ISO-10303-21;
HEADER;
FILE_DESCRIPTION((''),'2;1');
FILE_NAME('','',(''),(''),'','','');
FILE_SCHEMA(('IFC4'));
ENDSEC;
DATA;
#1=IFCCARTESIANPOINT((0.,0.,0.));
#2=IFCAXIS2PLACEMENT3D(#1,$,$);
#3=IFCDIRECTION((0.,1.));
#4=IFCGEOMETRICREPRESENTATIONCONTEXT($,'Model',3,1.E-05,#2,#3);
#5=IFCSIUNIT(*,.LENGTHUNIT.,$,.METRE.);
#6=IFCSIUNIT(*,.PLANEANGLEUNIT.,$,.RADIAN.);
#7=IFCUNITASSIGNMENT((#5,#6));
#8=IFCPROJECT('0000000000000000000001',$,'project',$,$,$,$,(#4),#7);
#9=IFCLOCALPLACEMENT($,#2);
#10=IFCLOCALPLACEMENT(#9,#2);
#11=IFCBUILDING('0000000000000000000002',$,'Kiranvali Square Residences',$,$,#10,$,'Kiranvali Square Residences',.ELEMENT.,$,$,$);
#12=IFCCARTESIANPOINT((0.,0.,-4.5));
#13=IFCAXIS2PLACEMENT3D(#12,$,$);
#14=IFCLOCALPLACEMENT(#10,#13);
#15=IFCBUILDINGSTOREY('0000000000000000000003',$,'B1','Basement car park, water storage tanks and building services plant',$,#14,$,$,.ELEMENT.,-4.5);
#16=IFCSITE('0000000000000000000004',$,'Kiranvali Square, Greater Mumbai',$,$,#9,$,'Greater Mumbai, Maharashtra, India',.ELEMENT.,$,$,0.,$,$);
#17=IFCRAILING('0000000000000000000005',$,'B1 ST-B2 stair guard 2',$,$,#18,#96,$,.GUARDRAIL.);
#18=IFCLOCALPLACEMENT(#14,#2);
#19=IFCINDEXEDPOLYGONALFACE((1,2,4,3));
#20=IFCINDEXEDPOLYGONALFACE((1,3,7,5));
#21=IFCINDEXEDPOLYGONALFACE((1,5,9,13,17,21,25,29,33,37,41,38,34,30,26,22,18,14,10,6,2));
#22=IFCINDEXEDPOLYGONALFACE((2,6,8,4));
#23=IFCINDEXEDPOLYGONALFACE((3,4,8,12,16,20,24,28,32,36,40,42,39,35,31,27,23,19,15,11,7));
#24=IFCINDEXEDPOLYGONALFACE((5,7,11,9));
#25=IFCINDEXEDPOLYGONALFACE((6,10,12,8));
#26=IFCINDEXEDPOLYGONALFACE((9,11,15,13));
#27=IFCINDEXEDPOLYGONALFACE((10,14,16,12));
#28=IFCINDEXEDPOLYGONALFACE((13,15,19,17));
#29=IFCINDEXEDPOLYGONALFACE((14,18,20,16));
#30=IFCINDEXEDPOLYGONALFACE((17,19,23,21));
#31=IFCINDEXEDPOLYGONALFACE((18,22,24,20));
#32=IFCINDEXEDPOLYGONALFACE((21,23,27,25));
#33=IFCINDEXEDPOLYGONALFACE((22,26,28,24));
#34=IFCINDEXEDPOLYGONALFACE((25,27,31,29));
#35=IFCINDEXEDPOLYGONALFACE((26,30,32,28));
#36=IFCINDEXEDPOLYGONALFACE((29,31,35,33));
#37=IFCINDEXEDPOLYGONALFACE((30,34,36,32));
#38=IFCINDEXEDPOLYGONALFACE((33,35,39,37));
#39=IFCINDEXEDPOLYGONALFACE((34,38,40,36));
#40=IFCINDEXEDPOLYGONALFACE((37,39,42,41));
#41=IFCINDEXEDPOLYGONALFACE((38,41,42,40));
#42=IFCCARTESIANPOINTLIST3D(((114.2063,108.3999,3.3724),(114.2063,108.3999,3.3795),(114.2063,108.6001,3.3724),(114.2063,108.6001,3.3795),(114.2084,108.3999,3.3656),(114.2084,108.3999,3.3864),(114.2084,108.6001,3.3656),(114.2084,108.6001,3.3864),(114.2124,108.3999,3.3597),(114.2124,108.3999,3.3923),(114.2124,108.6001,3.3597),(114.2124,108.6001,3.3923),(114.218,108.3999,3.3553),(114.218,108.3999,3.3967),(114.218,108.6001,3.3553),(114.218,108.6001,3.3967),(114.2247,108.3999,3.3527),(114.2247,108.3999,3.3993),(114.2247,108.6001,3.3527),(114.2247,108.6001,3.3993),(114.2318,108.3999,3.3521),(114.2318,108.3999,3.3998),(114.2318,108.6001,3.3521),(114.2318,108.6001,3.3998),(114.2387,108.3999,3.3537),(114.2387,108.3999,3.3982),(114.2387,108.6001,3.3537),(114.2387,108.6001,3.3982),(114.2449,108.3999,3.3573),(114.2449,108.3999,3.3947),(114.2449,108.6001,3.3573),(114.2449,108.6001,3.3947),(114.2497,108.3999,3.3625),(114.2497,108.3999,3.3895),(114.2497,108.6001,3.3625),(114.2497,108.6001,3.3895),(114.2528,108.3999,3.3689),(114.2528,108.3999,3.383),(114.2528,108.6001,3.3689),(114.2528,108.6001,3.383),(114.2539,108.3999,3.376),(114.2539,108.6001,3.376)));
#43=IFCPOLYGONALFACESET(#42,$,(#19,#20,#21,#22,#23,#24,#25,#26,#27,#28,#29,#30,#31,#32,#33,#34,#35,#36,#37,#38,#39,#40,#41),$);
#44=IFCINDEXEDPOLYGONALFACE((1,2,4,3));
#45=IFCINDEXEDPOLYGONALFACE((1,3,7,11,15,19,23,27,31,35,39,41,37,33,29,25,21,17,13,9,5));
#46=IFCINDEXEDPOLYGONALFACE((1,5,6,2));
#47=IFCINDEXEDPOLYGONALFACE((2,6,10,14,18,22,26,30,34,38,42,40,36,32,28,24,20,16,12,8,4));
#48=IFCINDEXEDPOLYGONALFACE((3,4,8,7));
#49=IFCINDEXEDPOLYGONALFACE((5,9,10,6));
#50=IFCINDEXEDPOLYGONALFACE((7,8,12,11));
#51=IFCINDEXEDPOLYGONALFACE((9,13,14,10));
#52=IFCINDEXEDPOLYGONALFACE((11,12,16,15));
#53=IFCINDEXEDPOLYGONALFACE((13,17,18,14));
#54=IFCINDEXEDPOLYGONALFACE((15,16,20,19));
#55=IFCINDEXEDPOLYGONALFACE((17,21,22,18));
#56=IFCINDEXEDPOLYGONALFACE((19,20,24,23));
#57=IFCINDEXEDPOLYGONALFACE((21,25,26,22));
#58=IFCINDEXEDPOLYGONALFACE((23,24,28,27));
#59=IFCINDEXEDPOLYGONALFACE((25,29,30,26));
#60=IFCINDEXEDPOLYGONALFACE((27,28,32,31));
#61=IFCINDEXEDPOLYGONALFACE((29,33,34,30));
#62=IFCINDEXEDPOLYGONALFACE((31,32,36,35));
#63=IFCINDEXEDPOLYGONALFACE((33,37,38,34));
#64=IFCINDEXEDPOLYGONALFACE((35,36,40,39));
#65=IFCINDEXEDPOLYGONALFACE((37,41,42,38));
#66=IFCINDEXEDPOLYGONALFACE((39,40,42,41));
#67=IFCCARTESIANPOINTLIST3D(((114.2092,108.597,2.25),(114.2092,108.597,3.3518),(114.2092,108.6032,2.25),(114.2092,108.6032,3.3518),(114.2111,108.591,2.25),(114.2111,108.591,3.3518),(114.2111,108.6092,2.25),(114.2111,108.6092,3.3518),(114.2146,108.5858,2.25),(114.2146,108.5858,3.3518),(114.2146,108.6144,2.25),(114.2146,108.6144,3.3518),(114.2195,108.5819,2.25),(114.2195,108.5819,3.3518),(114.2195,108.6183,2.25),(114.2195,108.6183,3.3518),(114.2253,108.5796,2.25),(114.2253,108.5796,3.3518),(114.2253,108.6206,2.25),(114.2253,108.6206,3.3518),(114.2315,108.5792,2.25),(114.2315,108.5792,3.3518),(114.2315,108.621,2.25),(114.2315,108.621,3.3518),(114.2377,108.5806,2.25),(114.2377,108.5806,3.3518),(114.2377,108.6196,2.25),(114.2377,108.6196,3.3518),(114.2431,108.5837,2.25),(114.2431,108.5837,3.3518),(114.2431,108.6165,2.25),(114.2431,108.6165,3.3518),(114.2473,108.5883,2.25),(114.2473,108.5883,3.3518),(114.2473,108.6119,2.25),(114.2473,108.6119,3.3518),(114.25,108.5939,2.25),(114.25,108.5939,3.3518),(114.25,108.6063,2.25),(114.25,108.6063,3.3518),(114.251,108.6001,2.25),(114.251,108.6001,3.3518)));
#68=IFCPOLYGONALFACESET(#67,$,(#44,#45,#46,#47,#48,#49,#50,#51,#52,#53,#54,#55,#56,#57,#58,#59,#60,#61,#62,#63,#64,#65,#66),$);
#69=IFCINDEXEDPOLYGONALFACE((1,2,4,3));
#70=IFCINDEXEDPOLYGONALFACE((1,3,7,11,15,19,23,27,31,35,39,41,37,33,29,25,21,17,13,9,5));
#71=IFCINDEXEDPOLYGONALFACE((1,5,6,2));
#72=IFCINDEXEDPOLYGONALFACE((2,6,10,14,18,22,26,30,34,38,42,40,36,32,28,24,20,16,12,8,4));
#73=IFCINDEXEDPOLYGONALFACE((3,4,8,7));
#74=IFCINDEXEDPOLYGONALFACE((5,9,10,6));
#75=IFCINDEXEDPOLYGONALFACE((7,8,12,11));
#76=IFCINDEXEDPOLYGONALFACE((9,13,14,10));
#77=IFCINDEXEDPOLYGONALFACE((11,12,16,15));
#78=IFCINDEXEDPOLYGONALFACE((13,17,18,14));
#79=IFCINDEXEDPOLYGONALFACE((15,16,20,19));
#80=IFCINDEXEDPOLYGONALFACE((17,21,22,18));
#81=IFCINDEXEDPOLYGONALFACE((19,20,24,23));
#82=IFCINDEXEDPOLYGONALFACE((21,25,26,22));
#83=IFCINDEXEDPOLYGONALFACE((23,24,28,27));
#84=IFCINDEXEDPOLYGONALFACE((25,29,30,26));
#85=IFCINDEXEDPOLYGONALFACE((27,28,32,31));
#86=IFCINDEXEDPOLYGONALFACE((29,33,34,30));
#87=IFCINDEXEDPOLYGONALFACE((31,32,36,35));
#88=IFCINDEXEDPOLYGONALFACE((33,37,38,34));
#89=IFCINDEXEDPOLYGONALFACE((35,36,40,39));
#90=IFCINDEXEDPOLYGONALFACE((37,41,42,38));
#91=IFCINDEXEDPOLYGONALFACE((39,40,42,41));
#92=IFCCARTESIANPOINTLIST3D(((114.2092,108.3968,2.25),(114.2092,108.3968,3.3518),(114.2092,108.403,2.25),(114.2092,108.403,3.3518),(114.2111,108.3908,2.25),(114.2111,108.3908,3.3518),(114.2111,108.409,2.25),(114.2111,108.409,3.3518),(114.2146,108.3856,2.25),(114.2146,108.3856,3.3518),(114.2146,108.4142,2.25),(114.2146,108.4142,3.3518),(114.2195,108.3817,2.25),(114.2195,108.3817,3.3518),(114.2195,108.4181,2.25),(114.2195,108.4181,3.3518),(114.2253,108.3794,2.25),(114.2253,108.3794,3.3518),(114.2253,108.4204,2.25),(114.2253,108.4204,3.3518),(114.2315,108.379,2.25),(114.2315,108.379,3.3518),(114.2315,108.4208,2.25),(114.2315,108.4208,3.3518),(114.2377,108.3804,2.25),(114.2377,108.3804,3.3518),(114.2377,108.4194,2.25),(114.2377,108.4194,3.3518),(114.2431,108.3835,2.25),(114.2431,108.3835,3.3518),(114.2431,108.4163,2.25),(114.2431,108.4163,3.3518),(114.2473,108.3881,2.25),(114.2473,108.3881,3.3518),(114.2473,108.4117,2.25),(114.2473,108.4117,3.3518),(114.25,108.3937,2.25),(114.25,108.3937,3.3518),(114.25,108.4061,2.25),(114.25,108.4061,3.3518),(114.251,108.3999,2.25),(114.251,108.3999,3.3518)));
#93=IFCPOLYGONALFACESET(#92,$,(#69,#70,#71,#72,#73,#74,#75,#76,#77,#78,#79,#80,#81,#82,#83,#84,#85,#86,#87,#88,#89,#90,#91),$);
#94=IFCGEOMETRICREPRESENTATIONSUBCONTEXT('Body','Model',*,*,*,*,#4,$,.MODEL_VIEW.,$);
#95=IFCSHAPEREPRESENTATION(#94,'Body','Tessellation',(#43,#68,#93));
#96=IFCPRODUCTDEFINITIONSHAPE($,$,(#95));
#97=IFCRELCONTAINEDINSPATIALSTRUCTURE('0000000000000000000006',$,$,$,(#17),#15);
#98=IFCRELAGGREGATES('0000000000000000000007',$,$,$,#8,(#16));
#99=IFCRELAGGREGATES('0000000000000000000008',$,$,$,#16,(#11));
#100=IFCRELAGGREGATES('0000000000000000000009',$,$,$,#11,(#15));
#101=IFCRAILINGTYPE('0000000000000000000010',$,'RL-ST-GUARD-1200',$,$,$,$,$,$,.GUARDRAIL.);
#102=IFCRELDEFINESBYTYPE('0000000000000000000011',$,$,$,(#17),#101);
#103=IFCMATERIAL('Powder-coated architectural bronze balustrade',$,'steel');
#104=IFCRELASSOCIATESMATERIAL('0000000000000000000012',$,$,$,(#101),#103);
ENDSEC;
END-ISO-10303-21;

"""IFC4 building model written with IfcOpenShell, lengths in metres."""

from ifc_helpers import new_model, si_unit, direction, frame, origin, origin_2d, place, context, subcontext, project, spatial, circle, extrude, material, type_object, element, save


model = new_model("IFC4")

# Units and contexts
model_context = context("Model", 3, precision=1e-05, world=origin(), true_north=direction((0.0, 1.0)))
body_context = subcontext(model_context, "Body", "Model", "MODEL_VIEW")
ifc_project = project(units=[si_unit("LENGTHUNIT", "METRE"), si_unit("PLANEANGLEUNIT", "RADIAN")], contexts=[model_context])

# Site, building, storey
site_placement = place(None, origin())
site = spatial("IfcSite", under=ifc_project, at=site_placement, Name="Kiranvali Square, Greater Mumbai", LongName="Greater Mumbai, Maharashtra, India", CompositionType="ELEMENT", RefElevation=0.0)
building_placement = place(site_placement, origin())
building = spatial("IfcBuilding", under=site, at=building_placement, Name="Kiranvali Square Residences", LongName="Kiranvali Square Residences", CompositionType="ELEMENT")
storey_placement = place(building_placement, frame((0.0, 0.0, -4.5)))
storey = spatial("IfcBuildingStorey", under=building, at=storey_placement, Name="B1", Description="Basement car park, water storage tanks and building services plant", CompositionType="ELEMENT", Elevation=-4.5)

# Railing
ifc_material_1 = material(Name="Powder-coated architectural bronze balustrade", Category="steel")
railing_type_1 = type_object("IfcRailingType", Name="RL-ST-GUARD-1200", PredefinedType="GUARDRAIL", material=ifc_material_1)
railing_1_placement = place(storey_placement, frame((114.23, 108.6001, 2.25)))
element("IfcRailing", 1, at=railing_1_placement, inside=storey, type_object=railing_type_1, Name="B1 ST-B2 stair guard 2", PredefinedType="GUARDRAIL", context=body_context, shape_type="SweptSolid", body=[
    extrude(circle(Radius=0.0239, at=origin_2d()), frame((0.0, 0.0, 1.126), z_axis=(0.0, -1.0, 0.0), x_axis=(1.0, 0.0, 0.0)), (0.0, 0.0, 1.0), 0.2002),
    extrude(circle(Radius=0.021, at=origin_2d()), origin(), (0.0, 0.0, 1.0), 1.1018),
    extrude(circle(Radius=0.021, at=origin_2d()), frame((0.0, -0.2002, 0.0)), (0.0, 0.0, 1.0), 1.1018),
])

save(model, "model.ifc")
